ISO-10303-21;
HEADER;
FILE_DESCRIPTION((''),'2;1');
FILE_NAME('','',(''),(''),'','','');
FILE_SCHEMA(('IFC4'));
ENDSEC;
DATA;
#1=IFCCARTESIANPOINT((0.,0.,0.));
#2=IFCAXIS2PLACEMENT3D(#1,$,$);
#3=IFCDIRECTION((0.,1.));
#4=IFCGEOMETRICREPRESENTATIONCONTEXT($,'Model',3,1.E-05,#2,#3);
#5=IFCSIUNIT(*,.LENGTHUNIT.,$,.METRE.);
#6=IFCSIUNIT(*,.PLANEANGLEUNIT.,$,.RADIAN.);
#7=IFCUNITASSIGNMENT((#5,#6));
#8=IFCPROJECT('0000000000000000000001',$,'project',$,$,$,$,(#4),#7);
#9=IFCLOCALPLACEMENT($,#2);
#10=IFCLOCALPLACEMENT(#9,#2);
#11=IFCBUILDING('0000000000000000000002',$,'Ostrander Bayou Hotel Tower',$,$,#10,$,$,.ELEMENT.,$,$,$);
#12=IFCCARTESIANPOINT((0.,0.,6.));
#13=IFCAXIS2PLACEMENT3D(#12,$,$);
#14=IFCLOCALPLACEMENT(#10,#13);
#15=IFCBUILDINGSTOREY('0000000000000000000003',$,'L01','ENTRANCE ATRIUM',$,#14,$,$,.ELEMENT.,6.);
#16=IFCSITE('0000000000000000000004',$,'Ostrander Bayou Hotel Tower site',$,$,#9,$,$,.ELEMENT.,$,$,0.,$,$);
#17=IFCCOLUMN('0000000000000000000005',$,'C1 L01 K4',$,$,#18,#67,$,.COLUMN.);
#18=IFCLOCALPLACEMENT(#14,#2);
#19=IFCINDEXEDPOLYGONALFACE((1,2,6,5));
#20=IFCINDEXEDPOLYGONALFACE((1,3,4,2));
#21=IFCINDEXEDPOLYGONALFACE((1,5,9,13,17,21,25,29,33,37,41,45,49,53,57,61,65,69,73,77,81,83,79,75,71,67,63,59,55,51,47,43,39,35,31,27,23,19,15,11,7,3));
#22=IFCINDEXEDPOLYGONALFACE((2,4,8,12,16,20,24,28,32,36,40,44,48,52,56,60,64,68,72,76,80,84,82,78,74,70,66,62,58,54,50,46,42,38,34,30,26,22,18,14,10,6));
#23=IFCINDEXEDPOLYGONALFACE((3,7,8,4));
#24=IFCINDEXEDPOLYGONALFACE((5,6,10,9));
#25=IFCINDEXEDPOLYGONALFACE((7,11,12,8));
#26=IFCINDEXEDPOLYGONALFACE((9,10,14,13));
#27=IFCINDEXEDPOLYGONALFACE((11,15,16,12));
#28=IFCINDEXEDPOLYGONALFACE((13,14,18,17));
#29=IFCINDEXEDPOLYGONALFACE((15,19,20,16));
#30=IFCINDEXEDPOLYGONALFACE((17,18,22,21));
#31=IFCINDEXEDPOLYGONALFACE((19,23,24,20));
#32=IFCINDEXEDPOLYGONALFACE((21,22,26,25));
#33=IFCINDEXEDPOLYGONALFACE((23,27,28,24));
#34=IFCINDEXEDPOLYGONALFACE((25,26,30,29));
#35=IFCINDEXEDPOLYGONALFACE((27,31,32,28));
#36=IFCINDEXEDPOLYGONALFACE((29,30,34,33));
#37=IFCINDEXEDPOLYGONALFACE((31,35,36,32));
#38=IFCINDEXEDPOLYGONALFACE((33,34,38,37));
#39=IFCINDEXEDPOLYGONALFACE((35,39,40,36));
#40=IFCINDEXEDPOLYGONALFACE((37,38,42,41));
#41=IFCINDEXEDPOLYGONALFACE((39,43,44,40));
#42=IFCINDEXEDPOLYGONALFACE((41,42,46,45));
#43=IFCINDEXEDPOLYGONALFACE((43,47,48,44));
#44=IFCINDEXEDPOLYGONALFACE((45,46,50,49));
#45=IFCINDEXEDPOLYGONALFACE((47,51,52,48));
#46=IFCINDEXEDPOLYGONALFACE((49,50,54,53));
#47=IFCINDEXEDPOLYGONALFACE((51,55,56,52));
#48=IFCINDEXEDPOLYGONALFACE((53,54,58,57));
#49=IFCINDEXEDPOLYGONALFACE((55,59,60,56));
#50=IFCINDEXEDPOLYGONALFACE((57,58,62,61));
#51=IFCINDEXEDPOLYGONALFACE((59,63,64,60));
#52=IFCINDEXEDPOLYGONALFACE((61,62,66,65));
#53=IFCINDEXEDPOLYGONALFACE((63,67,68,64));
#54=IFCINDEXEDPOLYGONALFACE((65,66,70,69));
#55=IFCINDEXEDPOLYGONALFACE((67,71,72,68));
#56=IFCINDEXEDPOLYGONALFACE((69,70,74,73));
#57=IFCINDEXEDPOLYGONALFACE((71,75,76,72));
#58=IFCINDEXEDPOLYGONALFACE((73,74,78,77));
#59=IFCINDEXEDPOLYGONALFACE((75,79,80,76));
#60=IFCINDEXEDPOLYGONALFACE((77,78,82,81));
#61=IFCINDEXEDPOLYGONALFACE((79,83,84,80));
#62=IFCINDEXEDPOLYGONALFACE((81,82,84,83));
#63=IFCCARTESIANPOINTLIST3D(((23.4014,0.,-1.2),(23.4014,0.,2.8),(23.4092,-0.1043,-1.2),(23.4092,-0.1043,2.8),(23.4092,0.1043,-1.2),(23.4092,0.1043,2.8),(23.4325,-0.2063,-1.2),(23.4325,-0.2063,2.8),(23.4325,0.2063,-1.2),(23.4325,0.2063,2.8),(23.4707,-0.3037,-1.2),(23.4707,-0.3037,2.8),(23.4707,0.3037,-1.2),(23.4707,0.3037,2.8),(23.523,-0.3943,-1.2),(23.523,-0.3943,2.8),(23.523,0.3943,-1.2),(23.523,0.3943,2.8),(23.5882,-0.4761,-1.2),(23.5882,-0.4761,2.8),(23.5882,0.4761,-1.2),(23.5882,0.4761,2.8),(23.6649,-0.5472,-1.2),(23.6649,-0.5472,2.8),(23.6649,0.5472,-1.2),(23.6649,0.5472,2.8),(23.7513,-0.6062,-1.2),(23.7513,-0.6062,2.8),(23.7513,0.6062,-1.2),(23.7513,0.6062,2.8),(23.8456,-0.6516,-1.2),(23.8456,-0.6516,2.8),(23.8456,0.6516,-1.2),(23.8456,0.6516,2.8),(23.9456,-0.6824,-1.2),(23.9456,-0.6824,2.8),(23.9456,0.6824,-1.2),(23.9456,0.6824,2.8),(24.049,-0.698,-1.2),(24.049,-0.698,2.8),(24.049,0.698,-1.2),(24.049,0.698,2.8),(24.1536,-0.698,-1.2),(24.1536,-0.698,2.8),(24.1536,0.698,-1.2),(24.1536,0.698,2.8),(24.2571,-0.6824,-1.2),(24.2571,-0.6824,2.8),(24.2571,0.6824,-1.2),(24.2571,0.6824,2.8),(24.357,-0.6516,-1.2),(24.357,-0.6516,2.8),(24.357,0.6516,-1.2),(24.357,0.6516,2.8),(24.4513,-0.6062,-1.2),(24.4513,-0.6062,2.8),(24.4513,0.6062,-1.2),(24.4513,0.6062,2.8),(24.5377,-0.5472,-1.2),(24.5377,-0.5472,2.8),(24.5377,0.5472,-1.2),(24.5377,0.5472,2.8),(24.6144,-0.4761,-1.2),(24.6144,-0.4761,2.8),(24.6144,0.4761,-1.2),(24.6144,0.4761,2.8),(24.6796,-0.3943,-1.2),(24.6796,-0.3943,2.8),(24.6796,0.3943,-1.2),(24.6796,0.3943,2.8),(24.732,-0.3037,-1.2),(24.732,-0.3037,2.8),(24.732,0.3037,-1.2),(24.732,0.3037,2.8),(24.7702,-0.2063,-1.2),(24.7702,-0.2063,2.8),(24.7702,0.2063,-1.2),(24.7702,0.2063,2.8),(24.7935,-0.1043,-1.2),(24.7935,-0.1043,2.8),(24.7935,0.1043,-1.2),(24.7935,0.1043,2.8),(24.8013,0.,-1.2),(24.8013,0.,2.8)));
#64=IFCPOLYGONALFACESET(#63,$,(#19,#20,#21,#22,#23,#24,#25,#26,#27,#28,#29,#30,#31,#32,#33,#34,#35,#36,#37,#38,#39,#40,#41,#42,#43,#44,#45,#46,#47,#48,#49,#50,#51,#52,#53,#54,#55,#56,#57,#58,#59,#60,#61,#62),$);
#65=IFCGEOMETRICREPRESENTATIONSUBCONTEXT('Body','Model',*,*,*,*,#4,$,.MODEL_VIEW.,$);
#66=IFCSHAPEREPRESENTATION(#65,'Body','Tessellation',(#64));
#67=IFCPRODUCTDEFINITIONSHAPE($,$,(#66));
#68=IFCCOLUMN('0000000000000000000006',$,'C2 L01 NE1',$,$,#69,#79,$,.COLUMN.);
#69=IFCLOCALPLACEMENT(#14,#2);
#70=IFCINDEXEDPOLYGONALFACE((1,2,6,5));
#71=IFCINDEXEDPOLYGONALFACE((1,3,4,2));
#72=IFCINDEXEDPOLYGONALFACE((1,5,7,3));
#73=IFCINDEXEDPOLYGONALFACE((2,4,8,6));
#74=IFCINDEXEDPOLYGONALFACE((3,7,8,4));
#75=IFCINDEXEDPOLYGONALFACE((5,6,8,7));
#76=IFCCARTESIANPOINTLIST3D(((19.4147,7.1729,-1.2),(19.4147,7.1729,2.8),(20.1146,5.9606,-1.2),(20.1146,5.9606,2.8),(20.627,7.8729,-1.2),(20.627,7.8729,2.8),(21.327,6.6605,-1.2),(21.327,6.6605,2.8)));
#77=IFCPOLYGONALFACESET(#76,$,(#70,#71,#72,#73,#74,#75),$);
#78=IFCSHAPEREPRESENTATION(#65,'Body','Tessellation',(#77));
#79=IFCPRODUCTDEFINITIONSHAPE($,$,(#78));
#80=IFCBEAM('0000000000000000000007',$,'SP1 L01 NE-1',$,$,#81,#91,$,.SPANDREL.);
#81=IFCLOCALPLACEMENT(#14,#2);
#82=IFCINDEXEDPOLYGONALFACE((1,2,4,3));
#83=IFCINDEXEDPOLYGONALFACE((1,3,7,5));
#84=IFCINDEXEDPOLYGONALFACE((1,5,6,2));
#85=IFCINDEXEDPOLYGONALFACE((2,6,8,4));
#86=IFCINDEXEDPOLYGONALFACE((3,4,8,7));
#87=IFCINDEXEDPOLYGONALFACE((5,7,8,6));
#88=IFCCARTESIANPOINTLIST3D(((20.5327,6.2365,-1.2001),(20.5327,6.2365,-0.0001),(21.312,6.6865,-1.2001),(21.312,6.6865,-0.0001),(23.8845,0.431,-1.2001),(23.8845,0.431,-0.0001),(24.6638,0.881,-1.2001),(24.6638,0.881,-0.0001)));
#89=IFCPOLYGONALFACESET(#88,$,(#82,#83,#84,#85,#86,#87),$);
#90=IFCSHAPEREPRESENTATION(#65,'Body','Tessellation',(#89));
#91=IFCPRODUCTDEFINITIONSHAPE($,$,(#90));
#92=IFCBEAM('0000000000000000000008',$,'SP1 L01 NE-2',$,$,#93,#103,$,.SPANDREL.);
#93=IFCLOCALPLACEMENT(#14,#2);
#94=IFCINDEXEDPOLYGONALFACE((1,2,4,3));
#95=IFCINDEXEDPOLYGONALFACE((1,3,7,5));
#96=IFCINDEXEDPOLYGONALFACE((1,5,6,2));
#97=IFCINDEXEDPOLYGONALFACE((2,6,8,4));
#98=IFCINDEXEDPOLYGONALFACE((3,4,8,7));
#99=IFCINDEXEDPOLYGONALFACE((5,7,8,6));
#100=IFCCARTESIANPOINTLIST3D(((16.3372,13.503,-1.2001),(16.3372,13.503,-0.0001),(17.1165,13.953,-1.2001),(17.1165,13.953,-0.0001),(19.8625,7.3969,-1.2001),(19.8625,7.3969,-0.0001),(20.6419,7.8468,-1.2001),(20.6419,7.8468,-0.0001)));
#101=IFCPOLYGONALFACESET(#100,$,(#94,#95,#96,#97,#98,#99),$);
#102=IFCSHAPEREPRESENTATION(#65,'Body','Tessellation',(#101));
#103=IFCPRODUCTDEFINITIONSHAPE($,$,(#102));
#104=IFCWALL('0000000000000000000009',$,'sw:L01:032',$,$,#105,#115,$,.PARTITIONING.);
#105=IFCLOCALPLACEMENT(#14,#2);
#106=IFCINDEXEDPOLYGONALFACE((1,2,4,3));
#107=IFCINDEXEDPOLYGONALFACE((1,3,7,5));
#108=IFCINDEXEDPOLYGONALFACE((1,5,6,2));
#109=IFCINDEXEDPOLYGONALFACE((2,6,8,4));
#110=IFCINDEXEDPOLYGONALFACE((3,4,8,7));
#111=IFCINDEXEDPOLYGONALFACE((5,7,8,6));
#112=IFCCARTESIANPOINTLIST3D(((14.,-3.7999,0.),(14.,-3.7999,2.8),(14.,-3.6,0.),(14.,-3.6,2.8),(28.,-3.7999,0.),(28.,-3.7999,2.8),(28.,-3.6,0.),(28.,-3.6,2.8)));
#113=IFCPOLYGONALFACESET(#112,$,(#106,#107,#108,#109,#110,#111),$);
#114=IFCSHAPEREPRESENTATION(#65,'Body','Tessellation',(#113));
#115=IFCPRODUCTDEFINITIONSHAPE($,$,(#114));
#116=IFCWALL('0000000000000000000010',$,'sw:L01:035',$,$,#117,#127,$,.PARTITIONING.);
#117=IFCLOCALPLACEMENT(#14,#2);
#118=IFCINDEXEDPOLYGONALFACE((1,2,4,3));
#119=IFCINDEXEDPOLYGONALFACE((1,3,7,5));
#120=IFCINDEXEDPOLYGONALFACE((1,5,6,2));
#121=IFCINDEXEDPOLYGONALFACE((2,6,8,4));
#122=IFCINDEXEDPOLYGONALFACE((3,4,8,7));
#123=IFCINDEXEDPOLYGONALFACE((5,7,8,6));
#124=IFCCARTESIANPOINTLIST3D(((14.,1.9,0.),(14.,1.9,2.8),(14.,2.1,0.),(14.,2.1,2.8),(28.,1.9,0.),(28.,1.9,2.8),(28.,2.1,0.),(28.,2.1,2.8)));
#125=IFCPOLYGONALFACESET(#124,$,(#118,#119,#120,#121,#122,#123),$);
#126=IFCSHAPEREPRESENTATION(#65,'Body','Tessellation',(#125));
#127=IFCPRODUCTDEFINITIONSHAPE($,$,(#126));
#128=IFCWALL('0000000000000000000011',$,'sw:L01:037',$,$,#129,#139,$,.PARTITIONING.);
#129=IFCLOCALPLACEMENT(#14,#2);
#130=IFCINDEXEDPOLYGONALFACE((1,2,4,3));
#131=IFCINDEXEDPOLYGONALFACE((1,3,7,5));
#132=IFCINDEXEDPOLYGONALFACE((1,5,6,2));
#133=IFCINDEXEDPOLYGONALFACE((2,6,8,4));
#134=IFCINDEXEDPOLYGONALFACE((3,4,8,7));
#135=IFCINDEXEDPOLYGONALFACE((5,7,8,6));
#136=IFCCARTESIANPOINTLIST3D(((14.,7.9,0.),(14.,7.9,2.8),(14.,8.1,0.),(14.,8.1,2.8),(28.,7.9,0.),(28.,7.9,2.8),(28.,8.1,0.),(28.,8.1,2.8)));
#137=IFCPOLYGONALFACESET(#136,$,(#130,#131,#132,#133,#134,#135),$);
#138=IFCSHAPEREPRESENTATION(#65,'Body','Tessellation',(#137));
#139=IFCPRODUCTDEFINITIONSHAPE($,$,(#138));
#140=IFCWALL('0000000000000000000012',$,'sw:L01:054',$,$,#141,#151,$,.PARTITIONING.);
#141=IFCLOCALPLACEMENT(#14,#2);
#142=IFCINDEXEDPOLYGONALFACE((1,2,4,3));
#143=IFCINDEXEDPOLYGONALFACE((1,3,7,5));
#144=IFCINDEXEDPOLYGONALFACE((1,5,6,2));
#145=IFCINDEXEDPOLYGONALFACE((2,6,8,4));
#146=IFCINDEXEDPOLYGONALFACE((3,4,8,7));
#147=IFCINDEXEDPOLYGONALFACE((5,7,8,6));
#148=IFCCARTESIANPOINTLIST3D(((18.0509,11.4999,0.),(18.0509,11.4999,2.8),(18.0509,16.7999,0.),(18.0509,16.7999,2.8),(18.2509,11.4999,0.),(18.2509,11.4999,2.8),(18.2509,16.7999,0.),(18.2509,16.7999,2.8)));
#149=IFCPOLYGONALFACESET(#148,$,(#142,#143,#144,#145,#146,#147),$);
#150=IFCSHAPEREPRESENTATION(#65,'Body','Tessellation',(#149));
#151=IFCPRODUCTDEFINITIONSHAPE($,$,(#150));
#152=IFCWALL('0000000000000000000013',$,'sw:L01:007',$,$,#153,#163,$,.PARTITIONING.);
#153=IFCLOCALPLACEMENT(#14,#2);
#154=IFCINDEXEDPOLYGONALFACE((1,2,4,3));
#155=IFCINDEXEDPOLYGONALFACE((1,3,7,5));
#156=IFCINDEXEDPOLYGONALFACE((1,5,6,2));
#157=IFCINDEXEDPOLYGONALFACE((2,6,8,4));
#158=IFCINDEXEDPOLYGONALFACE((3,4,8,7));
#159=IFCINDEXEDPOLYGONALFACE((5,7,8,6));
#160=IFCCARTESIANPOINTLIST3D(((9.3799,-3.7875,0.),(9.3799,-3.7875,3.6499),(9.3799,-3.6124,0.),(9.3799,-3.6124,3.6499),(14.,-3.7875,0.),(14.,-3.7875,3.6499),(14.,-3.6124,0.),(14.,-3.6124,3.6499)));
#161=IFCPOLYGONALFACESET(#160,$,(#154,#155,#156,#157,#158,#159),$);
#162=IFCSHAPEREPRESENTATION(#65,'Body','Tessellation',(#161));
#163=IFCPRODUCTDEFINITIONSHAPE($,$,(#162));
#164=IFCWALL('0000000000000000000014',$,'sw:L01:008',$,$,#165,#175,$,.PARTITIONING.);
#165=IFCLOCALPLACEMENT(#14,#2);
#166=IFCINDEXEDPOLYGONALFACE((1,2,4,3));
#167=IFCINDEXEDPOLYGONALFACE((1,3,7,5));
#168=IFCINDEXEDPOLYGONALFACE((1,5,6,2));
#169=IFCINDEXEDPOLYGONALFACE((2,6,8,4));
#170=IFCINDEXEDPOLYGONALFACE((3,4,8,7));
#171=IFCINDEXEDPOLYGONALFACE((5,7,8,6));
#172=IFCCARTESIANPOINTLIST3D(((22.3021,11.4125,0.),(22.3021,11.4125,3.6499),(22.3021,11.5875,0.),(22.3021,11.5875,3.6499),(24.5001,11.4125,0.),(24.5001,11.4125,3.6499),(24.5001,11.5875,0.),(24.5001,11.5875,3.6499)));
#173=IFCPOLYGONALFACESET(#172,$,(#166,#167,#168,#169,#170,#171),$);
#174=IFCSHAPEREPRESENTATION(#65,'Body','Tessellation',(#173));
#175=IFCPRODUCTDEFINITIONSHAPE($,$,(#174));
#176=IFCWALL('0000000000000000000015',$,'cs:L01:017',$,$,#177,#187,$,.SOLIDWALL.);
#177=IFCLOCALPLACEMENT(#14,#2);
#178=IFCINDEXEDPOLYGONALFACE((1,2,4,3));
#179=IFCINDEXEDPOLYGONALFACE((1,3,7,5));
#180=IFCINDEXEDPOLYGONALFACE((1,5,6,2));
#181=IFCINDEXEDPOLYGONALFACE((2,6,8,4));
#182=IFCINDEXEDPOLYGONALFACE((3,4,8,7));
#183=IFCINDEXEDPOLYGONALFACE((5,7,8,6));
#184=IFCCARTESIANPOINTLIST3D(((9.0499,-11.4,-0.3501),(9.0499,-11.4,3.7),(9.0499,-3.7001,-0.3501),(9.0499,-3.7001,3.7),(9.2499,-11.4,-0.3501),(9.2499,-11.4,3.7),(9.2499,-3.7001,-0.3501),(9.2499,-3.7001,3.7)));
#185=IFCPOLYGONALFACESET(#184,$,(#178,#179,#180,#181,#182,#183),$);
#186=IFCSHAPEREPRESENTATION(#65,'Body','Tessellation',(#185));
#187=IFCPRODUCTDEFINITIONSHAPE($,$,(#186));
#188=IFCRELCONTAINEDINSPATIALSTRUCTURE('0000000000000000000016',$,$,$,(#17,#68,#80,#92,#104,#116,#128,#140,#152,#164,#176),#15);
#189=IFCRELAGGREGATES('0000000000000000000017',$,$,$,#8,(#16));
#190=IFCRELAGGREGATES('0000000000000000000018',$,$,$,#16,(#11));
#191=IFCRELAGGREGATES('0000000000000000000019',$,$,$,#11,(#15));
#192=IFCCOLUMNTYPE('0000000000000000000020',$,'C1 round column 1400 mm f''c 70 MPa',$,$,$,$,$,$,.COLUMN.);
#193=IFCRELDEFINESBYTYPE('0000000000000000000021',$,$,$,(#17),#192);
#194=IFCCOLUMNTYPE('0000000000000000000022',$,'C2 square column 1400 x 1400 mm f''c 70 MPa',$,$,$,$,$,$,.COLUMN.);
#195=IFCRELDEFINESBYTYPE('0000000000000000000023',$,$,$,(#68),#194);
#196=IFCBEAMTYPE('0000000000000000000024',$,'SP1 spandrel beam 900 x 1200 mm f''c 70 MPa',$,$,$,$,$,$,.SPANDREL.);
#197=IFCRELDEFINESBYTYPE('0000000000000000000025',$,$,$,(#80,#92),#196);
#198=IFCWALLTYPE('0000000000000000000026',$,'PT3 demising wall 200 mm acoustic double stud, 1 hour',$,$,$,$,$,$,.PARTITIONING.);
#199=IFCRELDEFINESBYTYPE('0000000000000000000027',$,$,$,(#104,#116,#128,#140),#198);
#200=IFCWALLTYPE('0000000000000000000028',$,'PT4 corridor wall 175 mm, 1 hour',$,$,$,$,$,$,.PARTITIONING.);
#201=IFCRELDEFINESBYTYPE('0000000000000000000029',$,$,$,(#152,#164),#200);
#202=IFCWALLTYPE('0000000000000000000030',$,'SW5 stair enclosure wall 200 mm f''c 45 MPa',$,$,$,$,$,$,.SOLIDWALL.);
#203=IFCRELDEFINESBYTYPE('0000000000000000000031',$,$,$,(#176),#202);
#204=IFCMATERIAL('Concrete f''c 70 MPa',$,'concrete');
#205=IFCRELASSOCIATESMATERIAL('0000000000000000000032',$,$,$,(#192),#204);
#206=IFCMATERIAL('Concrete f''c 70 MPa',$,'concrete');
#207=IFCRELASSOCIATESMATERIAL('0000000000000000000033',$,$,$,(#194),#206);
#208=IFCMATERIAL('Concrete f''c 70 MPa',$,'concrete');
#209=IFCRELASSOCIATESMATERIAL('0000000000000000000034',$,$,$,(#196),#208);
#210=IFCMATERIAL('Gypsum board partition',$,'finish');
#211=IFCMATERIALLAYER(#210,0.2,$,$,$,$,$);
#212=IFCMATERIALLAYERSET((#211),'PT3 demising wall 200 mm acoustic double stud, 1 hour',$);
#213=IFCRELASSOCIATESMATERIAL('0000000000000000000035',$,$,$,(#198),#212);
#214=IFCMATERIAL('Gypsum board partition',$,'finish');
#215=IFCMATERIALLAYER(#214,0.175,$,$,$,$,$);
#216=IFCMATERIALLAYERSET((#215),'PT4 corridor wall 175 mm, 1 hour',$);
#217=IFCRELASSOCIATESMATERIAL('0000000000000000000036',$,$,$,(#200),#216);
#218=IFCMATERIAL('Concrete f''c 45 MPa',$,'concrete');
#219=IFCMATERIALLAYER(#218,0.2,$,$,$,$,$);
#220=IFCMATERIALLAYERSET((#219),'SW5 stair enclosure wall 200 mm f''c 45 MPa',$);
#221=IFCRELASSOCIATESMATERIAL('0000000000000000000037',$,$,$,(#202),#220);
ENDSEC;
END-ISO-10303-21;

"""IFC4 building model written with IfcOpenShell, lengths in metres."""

from ifc_helpers import new_model, si_unit, direction, frame, frame_2d, origin, origin_2d, place, context, subcontext, project, spatial, rectangle, circle, extrude, material, layer, layer_set, material_profile, profile_set, type_object, element, save


model = new_model("IFC4")

# Units and contexts
model_context = context("Model", 3, precision=1e-05, world=origin(), true_north=direction((0.0, 1.0)))
body_context = subcontext(model_context, "Body", "Model", "MODEL_VIEW")
ifc_project = project(units=[si_unit("LENGTHUNIT", "METRE"), si_unit("PLANEANGLEUNIT", "RADIAN")], contexts=[model_context])

# Site, building, storey
site_placement = place(None, origin())
site = spatial("IfcSite", under=ifc_project, at=site_placement, Name="Ostrander Bayou Hotel Tower site", CompositionType="ELEMENT", RefElevation=0.0)
building_placement = place(site_placement, origin())
building = spatial("IfcBuilding", under=site, at=building_placement, Name="Ostrander Bayou Hotel Tower", CompositionType="ELEMENT")
storey_placement = place(building_placement, frame((0.0, 0.0, 6.0)))
storey = spatial("IfcBuildingStorey", under=building, at=storey_placement, Name="L01", Description="ENTRANCE ATRIUM", CompositionType="ELEMENT", Elevation=6.0)

# Columns
ifc_material_1 = material(Name="Concrete f'c 70 MPa", Category="concrete")
ifc_material_profile_1 = material_profile(ifc_material_1, circle(Radius=0.7, at=origin_2d()))
ifc_profile_set_1 = profile_set([ifc_material_profile_1], Name="Concrete f'c 70 MPa")
column_type_1 = type_object("IfcColumnType", Name="C1 round column 1400 mm f'c 70 MPa", PredefinedType="COLUMN", material=ifc_profile_set_1)
column_1_placement = place(storey_placement, frame((24.1013, 0.0, -1.2), z_axis=(0.0, 0.0, 1.0), x_axis=(1.0, 0.0, 0.0)))
element("IfcColumn", 1, at=column_1_placement, inside=storey, type_object=column_type_1, Name="C1 L01 K4", PredefinedType="COLUMN", context=body_context, shape_type="SweptSolid", body=[
    extrude(circle(Radius=0.7, at=origin_2d()), origin(), (0.0, 0.0, 1.0), 4.0),
])
ifc_material_2 = material(Name="Concrete f'c 70 MPa", Category="concrete")
ifc_material_profile_2 = material_profile(ifc_material_2, rectangle(XDim=1.3999, YDim=1.3999, at=origin_2d()))
ifc_profile_set_2 = profile_set([ifc_material_profile_2], Name="Concrete f'c 70 MPa")
column_type_2 = type_object("IfcColumnType", Name="C2 square column 1400 x 1400 mm f'c 70 MPa", PredefinedType="COLUMN", material=ifc_profile_set_2)
column_2_placement = place(storey_placement, frame((20.3708, 6.9167, -1.2), z_axis=(0.0, 0.0, 1.0), x_axis=(0.5, -0.866025, 0.0)))
element("IfcColumn", 2, at=column_2_placement, inside=storey, type_object=column_type_2, Name="C2 L01 NE1", PredefinedType="COLUMN", context=body_context, shape_type="SweptSolid", body=[
    extrude(rectangle(XDim=1.3999, YDim=1.3999, at=origin_2d()), origin(), (0.0, 0.0, 1.0), 4.0),
])

# Beams
ifc_material_3 = material(Name="Concrete f'c 70 MPa", Category="concrete")
ifc_material_profile_3 = material_profile(ifc_material_3, rectangle(XDim=0.8999, YDim=1.2, at=origin_2d()))
ifc_profile_set_3 = profile_set([ifc_material_profile_3], Name="Concrete f'c 70 MPa")
beam_type = type_object("IfcBeamType", Name="SP1 spandrel beam 900 x 1200 mm f'c 70 MPa", PredefinedType="SPANDREL", material=ifc_profile_set_3)
beam_1_placement = place(storey_placement, frame((24.2742, 0.656, -0.6001), z_axis=(-0.500005, 0.866022, 0.0), x_axis=(-0.866022, -0.500005, 0.0)))
element("IfcBeam", 3, at=beam_1_placement, inside=storey, type_object=beam_type, Name="SP1 L01 NE-1", PredefinedType="SPANDREL", context=body_context, shape_type="SweptSolid", body=[
    extrude(rectangle(XDim=0.8999, YDim=1.2, at=origin_2d()), origin(), (0.0, 0.0, 1.0), 6.7036),
])
beam_2_placement = place(storey_placement, frame((20.2522, 7.6218, -0.6001), z_axis=(-0.499997, 0.866027, 0.0), x_axis=(-0.866027, -0.499997, 0.0)))
element("IfcBeam", 4, at=beam_2_placement, inside=storey, type_object=beam_type, Name="SP1 L01 NE-2", PredefinedType="SPANDREL", context=body_context, shape_type="SweptSolid", body=[
    extrude(rectangle(XDim=0.8999, YDim=1.2, at=origin_2d()), origin(), (0.0, 0.0, 1.0), 7.0508),
])

# Walls
ifc_material_4 = material(Name="Gypsum board partition", Category="finish")
ifc_layer_1 = layer(ifc_material_4, 0.2)
ifc_layer_set_1 = layer_set([ifc_layer_1], Name="PT3 demising wall 200 mm acoustic double stud, 1 hour")
wall_type_1 = type_object("IfcWallType", Name="PT3 demising wall 200 mm acoustic double stud, 1 hour", PredefinedType="PARTITIONING", material=ifc_layer_set_1)
for number, where, z_axis, x_axis, name in (
    (5, (14.0, -3.7, 0.0), (0.0, 0.0, 1.0), (1.0, 0.0, 0.0), "sw:L01:032"),
    (6, (14.0, 2.0, 0.0), (0.0, 0.0, 1.0), (1.0, 0.0, 0.0), "sw:L01:035"),
    (7, (14.0, 8.0, 0.0), (0.0, 0.0, 1.0), (1.0, 0.0, 0.0), "sw:L01:037"),
):
    element("IfcWall", number, at=place(storey_placement, frame(where, z_axis=z_axis, x_axis=x_axis)), inside=storey, type_object=wall_type_1, Name=name, PredefinedType="PARTITIONING", context=body_context, shape_type="SweptSolid", body=[
        extrude(rectangle(XDim=14.0, YDim=0.2, at=frame_2d((7.0, 0.0))), origin(), (0.0, 0.0, 1.0), 2.8),
    ])

# Wall
wall_1_placement = place(storey_placement, frame((18.1509, 11.5, 0.0), z_axis=(0.0, 0.0, 1.0), x_axis=(0.0, 1.0, 0.0)))
element("IfcWall", 8, at=wall_1_placement, inside=storey, type_object=wall_type_1, Name="sw:L01:054", PredefinedType="PARTITIONING", context=body_context, shape_type="SweptSolid", body=[
    extrude(rectangle(XDim=5.3, YDim=0.2, at=frame_2d((2.6499, 0.0))), origin(), (0.0, 0.0, 1.0), 2.8),
])

# Shared definitions
ifc_material_5 = material(Name="Gypsum board partition", Category="finish")
ifc_layer_2 = layer(ifc_material_5, 0.175)
ifc_layer_set_2 = layer_set([ifc_layer_2], Name="PT4 corridor wall 175 mm, 1 hour")
wall_type_2 = type_object("IfcWallType", Name="PT4 corridor wall 175 mm, 1 hour", PredefinedType="PARTITIONING", material=ifc_layer_set_2)

# Walls
wall_2_placement = place(storey_placement, frame((9.3799, -3.7, 0.0), z_axis=(0.0, 0.0, 1.0), x_axis=(1.0, 0.0, 0.0)))
element("IfcWall", 9, at=wall_2_placement, inside=storey, type_object=wall_type_2, Name="sw:L01:007", PredefinedType="PARTITIONING", context=body_context, shape_type="SweptSolid", body=[
    extrude(rectangle(XDim=4.6201, YDim=0.175, at=frame_2d((2.3101, 0.0))), origin(), (0.0, 0.0, 1.0), 3.6499),
])
wall_3_placement = place(storey_placement, frame((22.302, 11.5, 0.0), z_axis=(0.0, 0.0, 1.0), x_axis=(1.0, 0.0, 0.0)))
element("IfcWall", 10, at=wall_3_placement, inside=storey, type_object=wall_type_2, Name="sw:L01:008", PredefinedType="PARTITIONING", context=body_context, shape_type="SweptSolid", body=[
    extrude(rectangle(XDim=2.198, YDim=0.175, at=frame_2d((1.0991, 0.0))), origin(), (0.0, 0.0, 1.0), 3.6499),
])

# Wall
ifc_material_6 = material(Name="Concrete f'c 45 MPa", Category="concrete")
ifc_layer_3 = layer(ifc_material_6, 0.2)
ifc_layer_set_3 = layer_set([ifc_layer_3], Name="SW5 stair enclosure wall 200 mm f'c 45 MPa")
wall_type_3 = type_object("IfcWallType", Name="SW5 stair enclosure wall 200 mm f'c 45 MPa", PredefinedType="SOLIDWALL", material=ifc_layer_set_3)
wall_4_placement = place(storey_placement, frame((9.1499, -3.7, -0.3501), z_axis=(0.0, 0.0, 1.0), x_axis=(0.0, -1.0, 0.0)))
element("IfcWall", 11, at=wall_4_placement, inside=storey, type_object=wall_type_3, Name="cs:L01:017", PredefinedType="SOLIDWALL", context=body_context, shape_type="SweptSolid", body=[
    extrude(rectangle(XDim=7.7, YDim=0.2, at=frame_2d((3.8501, 0.0))), origin(), (0.0, 0.0, 1.0), 4.05),
])

save(model, "model.ifc")
